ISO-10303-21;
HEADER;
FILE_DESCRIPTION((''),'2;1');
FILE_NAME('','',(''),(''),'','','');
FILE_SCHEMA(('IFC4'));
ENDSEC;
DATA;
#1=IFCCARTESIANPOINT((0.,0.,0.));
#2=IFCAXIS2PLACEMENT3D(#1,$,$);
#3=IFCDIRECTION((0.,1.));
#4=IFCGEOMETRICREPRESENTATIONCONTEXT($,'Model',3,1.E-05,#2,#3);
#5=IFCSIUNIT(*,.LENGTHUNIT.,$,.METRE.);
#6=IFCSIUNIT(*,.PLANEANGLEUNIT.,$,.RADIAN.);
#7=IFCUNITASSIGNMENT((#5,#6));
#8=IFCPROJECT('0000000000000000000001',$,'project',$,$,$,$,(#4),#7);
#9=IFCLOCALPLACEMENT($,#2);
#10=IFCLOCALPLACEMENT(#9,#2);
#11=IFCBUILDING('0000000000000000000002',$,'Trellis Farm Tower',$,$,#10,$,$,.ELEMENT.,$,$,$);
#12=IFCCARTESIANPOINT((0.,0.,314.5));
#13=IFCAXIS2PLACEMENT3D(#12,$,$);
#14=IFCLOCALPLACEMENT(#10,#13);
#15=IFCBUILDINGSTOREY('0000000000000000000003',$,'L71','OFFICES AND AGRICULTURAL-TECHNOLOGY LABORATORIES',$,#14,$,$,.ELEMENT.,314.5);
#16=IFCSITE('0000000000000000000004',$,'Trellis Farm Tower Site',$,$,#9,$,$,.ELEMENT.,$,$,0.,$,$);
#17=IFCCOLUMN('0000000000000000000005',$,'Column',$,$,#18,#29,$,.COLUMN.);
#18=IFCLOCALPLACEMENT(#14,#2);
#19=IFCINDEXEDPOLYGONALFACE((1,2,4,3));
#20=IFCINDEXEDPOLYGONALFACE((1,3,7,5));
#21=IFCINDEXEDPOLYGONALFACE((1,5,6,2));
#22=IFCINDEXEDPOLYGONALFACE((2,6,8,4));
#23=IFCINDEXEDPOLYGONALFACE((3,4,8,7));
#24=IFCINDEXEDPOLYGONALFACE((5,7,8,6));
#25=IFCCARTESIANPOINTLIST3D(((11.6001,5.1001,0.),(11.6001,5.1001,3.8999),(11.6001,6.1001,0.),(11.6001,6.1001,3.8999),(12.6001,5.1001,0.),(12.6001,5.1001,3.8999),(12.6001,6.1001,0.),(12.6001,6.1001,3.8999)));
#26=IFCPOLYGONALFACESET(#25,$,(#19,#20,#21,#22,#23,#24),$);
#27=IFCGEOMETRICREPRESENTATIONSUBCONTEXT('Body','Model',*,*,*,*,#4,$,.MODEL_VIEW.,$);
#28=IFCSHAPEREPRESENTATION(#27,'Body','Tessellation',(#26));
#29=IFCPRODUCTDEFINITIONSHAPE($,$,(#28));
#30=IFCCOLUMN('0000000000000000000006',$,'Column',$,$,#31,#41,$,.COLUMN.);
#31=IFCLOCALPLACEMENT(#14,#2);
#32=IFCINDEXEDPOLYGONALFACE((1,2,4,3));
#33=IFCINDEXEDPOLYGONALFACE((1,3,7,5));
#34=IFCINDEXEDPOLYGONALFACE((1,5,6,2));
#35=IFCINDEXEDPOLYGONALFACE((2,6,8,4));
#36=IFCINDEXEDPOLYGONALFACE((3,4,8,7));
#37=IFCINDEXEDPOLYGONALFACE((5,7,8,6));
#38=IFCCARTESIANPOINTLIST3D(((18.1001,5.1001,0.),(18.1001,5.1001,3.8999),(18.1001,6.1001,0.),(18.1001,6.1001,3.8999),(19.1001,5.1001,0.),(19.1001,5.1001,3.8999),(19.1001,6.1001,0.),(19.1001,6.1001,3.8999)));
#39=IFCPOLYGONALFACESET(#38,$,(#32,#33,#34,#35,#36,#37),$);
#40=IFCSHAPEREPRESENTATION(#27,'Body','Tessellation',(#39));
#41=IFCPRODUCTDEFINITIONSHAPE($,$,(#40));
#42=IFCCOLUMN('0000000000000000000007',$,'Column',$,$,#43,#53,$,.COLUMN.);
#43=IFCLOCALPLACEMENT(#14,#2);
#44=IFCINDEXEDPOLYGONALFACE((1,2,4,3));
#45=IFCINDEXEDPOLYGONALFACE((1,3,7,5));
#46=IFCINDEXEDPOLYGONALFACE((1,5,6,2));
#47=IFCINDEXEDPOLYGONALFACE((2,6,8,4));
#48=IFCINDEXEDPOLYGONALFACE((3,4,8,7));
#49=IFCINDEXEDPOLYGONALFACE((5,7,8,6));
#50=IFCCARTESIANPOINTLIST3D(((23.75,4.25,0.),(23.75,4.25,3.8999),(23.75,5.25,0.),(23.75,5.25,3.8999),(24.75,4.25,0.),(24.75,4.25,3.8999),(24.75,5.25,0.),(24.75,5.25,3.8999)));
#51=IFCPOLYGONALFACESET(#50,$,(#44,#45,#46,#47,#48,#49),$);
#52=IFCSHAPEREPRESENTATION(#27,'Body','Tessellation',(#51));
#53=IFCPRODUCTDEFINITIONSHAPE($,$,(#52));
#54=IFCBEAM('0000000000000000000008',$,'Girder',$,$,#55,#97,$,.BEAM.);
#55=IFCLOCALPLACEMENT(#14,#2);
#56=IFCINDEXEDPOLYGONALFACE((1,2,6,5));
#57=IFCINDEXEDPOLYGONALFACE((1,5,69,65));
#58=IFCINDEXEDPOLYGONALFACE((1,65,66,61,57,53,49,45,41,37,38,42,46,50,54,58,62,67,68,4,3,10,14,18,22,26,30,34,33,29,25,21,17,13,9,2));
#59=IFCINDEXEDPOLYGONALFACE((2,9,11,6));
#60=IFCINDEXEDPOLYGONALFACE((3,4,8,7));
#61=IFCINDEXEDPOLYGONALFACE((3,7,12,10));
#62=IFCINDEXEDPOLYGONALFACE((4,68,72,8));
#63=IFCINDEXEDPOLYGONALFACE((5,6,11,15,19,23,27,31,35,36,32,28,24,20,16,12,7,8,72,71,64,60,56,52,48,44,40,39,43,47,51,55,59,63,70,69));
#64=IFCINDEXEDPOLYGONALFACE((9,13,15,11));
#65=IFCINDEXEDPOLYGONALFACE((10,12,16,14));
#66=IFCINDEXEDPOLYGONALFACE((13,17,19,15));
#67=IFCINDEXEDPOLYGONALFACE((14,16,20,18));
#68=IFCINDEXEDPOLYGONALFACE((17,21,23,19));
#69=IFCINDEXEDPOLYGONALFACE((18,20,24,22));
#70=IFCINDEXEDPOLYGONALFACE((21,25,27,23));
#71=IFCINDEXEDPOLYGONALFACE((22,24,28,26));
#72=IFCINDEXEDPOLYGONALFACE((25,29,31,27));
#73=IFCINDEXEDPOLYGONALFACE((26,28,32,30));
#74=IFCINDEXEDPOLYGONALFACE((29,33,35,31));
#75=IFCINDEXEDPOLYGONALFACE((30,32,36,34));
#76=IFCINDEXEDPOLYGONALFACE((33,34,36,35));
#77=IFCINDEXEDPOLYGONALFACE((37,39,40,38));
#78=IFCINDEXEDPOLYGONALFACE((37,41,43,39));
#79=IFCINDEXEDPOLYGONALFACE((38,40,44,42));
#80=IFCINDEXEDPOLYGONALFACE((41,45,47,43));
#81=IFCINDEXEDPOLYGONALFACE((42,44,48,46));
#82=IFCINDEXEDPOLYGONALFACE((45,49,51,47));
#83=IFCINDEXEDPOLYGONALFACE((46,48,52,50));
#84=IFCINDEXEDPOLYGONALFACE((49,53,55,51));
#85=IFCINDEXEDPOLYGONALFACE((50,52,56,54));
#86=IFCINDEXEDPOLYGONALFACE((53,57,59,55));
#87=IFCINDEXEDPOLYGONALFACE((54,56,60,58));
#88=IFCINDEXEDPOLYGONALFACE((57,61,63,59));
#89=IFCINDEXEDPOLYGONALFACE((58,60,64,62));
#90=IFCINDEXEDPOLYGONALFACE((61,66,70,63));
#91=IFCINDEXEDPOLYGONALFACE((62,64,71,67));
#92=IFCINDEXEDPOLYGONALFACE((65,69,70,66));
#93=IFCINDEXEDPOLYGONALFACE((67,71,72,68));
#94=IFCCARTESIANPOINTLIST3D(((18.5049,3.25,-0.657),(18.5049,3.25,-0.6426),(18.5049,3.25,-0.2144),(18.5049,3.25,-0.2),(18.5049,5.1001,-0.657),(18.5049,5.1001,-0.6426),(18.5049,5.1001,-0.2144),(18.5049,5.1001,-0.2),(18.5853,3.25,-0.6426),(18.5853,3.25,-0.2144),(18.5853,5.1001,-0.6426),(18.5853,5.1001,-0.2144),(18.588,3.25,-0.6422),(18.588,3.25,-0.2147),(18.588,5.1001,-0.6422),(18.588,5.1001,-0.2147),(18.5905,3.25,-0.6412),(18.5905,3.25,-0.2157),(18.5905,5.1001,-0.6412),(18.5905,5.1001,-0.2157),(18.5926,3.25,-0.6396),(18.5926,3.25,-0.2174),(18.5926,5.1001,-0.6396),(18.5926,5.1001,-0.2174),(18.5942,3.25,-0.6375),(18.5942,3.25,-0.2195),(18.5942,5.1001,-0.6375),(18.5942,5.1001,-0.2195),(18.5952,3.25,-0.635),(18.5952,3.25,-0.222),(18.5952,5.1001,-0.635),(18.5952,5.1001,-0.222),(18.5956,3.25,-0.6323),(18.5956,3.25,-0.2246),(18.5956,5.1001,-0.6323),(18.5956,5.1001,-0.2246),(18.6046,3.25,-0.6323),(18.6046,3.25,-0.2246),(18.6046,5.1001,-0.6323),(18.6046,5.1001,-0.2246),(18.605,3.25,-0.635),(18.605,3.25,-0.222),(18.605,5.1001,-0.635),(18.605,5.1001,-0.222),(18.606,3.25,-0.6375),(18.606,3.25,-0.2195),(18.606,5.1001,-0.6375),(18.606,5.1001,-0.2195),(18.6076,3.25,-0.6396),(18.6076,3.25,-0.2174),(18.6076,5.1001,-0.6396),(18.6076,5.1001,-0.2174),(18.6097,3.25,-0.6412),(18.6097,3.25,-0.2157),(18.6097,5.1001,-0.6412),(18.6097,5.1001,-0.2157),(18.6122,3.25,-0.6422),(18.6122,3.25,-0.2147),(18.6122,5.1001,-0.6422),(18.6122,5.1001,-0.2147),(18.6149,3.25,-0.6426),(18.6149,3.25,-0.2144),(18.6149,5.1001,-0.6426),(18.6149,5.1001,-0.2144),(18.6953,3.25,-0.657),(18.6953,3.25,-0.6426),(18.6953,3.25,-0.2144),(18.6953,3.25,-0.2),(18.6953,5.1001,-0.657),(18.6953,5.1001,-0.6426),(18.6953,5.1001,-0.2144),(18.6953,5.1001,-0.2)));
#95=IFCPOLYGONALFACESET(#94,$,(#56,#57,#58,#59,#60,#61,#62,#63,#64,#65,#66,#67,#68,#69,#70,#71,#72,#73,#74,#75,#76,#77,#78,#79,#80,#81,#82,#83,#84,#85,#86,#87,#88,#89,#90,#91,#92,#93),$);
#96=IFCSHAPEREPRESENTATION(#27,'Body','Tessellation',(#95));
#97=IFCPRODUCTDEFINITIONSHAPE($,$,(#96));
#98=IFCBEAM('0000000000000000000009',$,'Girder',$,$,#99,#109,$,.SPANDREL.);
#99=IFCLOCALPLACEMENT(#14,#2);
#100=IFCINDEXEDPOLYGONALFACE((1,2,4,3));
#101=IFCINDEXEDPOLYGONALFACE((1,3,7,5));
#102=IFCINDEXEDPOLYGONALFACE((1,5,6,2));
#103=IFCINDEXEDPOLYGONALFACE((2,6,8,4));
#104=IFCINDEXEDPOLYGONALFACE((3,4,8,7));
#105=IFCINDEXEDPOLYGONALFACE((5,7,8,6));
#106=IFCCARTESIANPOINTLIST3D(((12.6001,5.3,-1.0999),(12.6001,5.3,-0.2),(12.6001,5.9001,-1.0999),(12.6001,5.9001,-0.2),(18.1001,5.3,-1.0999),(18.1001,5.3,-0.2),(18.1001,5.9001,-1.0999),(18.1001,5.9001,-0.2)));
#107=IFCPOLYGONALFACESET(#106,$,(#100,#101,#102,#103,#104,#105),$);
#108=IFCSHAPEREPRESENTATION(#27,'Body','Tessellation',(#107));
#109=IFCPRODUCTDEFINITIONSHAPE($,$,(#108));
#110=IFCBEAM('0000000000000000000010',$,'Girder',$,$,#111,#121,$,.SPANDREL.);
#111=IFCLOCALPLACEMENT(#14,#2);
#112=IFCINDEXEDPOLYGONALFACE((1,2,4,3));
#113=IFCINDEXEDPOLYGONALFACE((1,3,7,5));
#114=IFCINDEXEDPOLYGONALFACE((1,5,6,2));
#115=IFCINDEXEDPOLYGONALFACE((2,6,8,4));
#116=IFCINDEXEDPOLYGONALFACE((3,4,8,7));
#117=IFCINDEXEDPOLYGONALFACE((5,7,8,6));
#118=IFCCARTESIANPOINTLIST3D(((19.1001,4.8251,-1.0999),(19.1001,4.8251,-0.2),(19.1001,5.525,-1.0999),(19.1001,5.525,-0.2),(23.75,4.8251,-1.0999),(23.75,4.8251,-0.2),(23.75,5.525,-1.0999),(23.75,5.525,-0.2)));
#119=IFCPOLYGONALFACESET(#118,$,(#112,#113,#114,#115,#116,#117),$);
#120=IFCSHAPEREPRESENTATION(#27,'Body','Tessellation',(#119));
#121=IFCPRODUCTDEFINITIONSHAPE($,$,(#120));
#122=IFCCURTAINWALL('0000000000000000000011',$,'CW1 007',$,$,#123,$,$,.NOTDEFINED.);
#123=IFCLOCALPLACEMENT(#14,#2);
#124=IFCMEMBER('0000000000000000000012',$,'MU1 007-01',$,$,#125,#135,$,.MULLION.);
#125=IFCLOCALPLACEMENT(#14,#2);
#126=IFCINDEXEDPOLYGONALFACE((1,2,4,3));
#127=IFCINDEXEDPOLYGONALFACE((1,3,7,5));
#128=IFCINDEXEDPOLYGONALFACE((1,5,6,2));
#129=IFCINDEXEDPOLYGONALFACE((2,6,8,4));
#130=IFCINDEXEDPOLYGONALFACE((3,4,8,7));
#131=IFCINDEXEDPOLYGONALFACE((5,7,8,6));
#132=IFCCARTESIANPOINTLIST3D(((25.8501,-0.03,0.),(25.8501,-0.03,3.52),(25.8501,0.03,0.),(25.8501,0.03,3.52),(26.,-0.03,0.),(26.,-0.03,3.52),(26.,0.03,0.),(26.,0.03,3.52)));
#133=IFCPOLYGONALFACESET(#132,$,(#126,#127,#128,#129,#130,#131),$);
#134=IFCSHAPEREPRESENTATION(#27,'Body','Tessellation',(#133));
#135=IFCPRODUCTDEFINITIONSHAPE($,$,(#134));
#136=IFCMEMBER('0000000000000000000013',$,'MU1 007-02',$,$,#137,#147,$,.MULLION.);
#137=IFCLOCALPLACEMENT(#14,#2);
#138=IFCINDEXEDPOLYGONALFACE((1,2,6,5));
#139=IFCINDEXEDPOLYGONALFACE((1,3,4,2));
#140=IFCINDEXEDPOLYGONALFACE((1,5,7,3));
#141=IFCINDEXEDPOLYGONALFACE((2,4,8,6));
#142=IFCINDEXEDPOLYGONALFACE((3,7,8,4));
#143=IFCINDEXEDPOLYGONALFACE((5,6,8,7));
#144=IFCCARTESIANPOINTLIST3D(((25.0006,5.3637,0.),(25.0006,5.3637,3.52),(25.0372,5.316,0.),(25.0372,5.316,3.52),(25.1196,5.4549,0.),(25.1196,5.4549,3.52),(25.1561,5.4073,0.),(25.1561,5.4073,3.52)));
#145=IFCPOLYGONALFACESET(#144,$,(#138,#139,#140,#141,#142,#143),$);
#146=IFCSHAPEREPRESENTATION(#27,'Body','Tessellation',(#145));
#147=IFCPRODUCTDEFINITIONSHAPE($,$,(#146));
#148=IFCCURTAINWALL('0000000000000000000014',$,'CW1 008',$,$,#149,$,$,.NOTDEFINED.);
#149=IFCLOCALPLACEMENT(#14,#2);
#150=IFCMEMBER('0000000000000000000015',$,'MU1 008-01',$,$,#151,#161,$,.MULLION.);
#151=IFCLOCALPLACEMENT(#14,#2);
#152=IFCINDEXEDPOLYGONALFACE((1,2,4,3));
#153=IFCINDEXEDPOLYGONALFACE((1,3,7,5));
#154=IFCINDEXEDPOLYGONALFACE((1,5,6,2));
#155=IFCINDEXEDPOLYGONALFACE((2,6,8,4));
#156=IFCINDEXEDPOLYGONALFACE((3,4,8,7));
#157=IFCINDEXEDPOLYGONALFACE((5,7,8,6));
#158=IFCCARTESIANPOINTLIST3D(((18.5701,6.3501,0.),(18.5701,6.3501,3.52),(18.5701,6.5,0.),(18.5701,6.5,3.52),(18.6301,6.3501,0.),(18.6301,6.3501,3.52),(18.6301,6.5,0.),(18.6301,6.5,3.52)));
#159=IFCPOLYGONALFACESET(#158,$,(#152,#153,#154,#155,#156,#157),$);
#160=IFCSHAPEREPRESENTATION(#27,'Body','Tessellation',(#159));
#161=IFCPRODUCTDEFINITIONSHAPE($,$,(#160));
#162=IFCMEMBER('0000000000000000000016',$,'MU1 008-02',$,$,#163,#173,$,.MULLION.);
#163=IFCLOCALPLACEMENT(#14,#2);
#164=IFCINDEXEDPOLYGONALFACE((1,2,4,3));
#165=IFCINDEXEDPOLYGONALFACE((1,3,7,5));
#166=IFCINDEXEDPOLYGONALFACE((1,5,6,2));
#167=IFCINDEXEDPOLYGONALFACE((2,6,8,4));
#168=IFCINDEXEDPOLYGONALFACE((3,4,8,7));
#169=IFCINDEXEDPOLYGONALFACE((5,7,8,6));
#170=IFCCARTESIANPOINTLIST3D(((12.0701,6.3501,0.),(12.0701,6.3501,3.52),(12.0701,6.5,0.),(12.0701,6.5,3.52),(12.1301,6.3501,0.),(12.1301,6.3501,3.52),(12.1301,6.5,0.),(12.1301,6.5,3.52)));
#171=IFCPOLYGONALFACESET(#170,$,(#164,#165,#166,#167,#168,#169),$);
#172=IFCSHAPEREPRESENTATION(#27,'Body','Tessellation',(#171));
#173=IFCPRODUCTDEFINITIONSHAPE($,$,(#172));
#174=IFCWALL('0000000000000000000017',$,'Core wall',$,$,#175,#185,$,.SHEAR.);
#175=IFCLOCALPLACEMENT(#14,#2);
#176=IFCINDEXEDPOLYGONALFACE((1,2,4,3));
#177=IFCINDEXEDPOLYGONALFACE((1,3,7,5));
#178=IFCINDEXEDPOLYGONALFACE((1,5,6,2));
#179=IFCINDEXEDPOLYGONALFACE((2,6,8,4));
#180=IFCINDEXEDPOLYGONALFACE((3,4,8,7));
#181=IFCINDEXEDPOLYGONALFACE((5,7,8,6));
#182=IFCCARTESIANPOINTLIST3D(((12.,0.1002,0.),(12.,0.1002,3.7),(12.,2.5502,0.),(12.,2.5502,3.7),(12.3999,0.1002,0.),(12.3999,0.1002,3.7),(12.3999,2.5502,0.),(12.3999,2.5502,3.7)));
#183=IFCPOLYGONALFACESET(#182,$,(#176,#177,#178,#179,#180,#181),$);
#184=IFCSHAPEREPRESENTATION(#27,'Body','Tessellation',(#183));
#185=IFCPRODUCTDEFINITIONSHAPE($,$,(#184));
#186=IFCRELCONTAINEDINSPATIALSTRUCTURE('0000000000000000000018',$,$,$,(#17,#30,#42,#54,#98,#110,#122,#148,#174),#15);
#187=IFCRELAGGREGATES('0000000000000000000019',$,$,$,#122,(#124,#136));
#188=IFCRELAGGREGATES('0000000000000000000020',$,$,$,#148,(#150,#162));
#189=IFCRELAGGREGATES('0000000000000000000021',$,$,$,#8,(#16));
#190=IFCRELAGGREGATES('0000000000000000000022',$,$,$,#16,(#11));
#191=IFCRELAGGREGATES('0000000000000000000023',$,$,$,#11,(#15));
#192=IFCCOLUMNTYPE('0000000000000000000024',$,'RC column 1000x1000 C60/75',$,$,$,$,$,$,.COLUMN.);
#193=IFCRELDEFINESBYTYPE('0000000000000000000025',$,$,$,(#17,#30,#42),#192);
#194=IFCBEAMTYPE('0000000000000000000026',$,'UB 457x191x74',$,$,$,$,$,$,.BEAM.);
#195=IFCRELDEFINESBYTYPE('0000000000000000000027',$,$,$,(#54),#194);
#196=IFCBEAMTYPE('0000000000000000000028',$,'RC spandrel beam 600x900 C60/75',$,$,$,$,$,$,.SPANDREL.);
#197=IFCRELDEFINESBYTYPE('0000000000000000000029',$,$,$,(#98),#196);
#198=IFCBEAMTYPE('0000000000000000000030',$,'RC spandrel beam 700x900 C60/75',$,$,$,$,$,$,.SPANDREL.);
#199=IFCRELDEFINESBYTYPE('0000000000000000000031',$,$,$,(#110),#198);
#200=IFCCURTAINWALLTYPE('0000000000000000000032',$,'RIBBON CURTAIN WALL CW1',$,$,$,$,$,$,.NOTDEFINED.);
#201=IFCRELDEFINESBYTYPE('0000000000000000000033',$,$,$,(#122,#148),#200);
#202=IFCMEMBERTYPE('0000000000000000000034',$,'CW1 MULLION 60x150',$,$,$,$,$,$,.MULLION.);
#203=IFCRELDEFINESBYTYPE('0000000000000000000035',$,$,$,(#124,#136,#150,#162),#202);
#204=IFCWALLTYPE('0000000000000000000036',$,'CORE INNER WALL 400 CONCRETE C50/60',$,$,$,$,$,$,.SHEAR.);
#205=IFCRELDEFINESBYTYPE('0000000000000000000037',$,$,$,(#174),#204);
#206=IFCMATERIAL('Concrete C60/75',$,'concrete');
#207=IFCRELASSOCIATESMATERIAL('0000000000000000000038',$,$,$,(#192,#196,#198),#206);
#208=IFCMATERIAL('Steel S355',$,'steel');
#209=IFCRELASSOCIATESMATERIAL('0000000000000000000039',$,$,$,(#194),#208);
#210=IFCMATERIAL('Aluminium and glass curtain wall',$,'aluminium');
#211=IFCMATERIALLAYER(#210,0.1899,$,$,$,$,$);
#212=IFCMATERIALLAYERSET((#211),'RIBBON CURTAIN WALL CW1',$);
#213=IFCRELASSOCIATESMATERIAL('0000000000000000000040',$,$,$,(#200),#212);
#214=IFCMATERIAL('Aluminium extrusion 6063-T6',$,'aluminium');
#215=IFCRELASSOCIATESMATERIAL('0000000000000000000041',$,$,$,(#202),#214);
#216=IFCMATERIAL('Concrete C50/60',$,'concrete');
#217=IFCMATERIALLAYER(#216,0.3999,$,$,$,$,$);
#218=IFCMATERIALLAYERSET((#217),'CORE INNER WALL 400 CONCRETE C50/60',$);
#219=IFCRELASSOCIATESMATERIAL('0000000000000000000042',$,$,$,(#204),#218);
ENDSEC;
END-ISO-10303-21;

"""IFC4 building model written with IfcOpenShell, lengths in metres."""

from ifc_helpers import new_model, si_unit, direction, frame, frame_2d, origin, origin_2d, place, context, subcontext, project, spatial, rectangle, i_section, extrude, source, transform, mapped, material, layer, layer_set, material_profile, profile_set, type_object, element, aggregate, save


model = new_model("IFC4")

# Units and contexts
model_context = context("Model", 3, precision=1e-05, world=origin(), true_north=direction((0.0, 1.0)))
body_context = subcontext(model_context, "Body", "Model", "MODEL_VIEW")
ifc_project = project(units=[si_unit("LENGTHUNIT", "METRE"), si_unit("PLANEANGLEUNIT", "RADIAN")], contexts=[model_context])

# Site, building, storey
site_placement = place(None, origin())
site = spatial("IfcSite", under=ifc_project, at=site_placement, Name="Trellis Farm Tower Site", CompositionType="ELEMENT", RefElevation=0.0)
building_placement = place(site_placement, origin())
building = spatial("IfcBuilding", under=site, at=building_placement, Name="Trellis Farm Tower", CompositionType="ELEMENT")
storey_placement = place(building_placement, frame((0.0, 0.0, 314.5)))
storey = spatial("IfcBuildingStorey", under=building, at=storey_placement, Name="L71", Description="OFFICES AND AGRICULTURAL-TECHNOLOGY LABORATORIES", CompositionType="ELEMENT", Elevation=314.5)

# Columns
ifc_material_1 = material(Name="Concrete C60/75", Category="concrete")
ifc_material_profile_1 = material_profile(ifc_material_1, rectangle(XDim=1.0, YDim=1.0, at=origin_2d()), Name="RC column 1000x1000 C60/75")
ifc_profile_set_1 = profile_set([ifc_material_profile_1], Name="Concrete C60/75")
column_type = type_object("IfcColumnType", Name="RC column 1000x1000 C60/75", PredefinedType="COLUMN", material=ifc_profile_set_1)
shared_shape_1 = source(origin(), body_context, "Body", "SweptSolid", [
    extrude(rectangle(XDim=1.0, YDim=1.0, at=origin_2d()), origin(), (0.0, 0.0, 1.0), 3.8999),
])
for number, where, z_axis, x_axis, name in (
    (1, (12.1001, 5.6001, 0.0), (0.0, 0.0, 1.0), (1.0, 0.0, 0.0), "Column"),
    (2, (18.6001, 5.6001, 0.0), (0.0, 0.0, 1.0), (1.0, 0.0, 0.0), "Column"),
    (3, (24.25, 4.75, 0.0), (0.0, 0.0, 1.0), (1.0, 0.0, 0.0), "Column"),
):
    element("IfcColumn", number, at=place(storey_placement, frame(where, z_axis=z_axis, x_axis=x_axis)), inside=storey, type_object=column_type, Name=name, PredefinedType="COLUMN", context=body_context, shape_type="MappedRepresentation", body=[
        mapped(shared_shape_1, transform((0.0, 0.0, 0.0))),
    ])

# Beams
ifc_material_2 = material(Name="Steel S355", Category="steel")
ifc_material_profile_2 = material_profile(ifc_material_2, i_section(OverallWidth=0.1904, OverallDepth=0.457, WebThickness=0.009, FlangeThickness=0.0144, FilletRadius=0.0103, at=origin_2d()), Name="UB 457x191x74")
ifc_profile_set_2 = profile_set([ifc_material_profile_2], Name="Steel S355")
beam_type_1 = type_object("IfcBeamType", Name="UB 457x191x74", PredefinedType="BEAM", material=ifc_profile_set_2)
shared_shape_2 = source(origin(), body_context, "Body", "SweptSolid", [
    extrude(i_section(OverallWidth=0.1904, OverallDepth=0.457, WebThickness=0.009, FlangeThickness=0.0144, FilletRadius=0.0103, at=origin_2d()), origin(), (0.0, 0.0, 1.0), 1.8501),
])
beam_1_placement = place(storey_placement, frame((18.6001, 3.25, -0.4285), z_axis=(0.0, 1.0, 0.0), x_axis=(-1.0, 0.0, 0.0)))
element("IfcBeam", 4, at=beam_1_placement, inside=storey, type_object=beam_type_1, Name="Girder", PredefinedType="BEAM", context=body_context, shape_type="MappedRepresentation", body=[
    mapped(shared_shape_2, transform((0.0, 0.0, 0.0))),
])
ifc_material_profile_3 = material_profile(ifc_material_1, rectangle(XDim=0.6001, YDim=0.8999, at=origin_2d()), Name="RC spandrel beam 600x900 C60/75")
ifc_profile_set_3 = profile_set([ifc_material_profile_3], Name="Concrete C60/75")
beam_type_2 = type_object("IfcBeamType", Name="RC spandrel beam 600x900 C60/75", PredefinedType="SPANDREL", material=ifc_profile_set_3)
shared_shape_3 = source(origin(), body_context, "Body", "SweptSolid", [
    extrude(rectangle(XDim=0.6001, YDim=0.8999, at=origin_2d()), origin(), (0.0, 0.0, 1.0), 5.5),
])
beam_2_placement = place(storey_placement, frame((12.6001, 5.6001, -0.6499), z_axis=(1.0, 0.0, 0.0), x_axis=(0.0, 1.0, 0.0)))
element("IfcBeam", 5, at=beam_2_placement, inside=storey, type_object=beam_type_2, Name="Girder", PredefinedType="SPANDREL", context=body_context, shape_type="MappedRepresentation", body=[
    mapped(shared_shape_3, transform((0.0, 0.0, 0.0))),
])
ifc_material_profile_4 = material_profile(ifc_material_1, rectangle(XDim=0.7, YDim=0.8999, at=origin_2d()), Name="RC spandrel beam 700x900 C60/75")
ifc_profile_set_4 = profile_set([ifc_material_profile_4], Name="Concrete C60/75")
beam_type_3 = type_object("IfcBeamType", Name="RC spandrel beam 700x900 C60/75", PredefinedType="SPANDREL", material=ifc_profile_set_4)
shared_shape_4 = source(origin(), body_context, "Body", "SweptSolid", [
    extrude(rectangle(XDim=0.7, YDim=0.8999, at=origin_2d()), origin(), (0.0, 0.0, 1.0), 4.6499),
])
beam_3_placement = place(storey_placement, frame((19.1001, 5.175, -0.6499), z_axis=(1.0, 0.0, 0.0), x_axis=(0.0, 1.0, 0.0)))
element("IfcBeam", 6, at=beam_3_placement, inside=storey, type_object=beam_type_3, Name="Girder", PredefinedType="SPANDREL", context=body_context, shape_type="MappedRepresentation", body=[
    mapped(shared_shape_4, transform((0.0, 0.0, 0.0))),
])

# Curtain walls, members
ifc_material_3 = material(Name="Aluminium and glass curtain wall", Category="aluminium")
ifc_layer_1 = layer(ifc_material_3, 0.1899)
ifc_layer_set_1 = layer_set([ifc_layer_1], Name="RIBBON CURTAIN WALL CW1")
curtain_wall_type = type_object("IfcCurtainWallType", Name="RIBBON CURTAIN WALL CW1", PredefinedType="NOTDEFINED", material=ifc_layer_set_1)
placement = place(storey_placement, origin())
curtain_wall_1 = element("IfcCurtainWall", 7, at=placement, inside=storey, type_object=curtain_wall_type, Name="CW1 007", PredefinedType="NOTDEFINED")
ifc_material_4 = material(Name="Aluminium extrusion 6063-T6", Category="aluminium")
ifc_material_profile_5 = material_profile(ifc_material_4, rectangle(XDim=0.0601, YDim=0.1499, at=origin_2d()), Name="MULLION 60x150")
ifc_profile_set_5 = profile_set([ifc_material_profile_5], Name="Aluminium extrusion 6063-T6")
member_type = type_object("IfcMemberType", Name="CW1 MULLION 60x150", PredefinedType="MULLION", material=ifc_profile_set_5)
shared_shape_5 = source(origin(), body_context, "Body", "SweptSolid", [
    extrude(rectangle(XDim=0.0601, YDim=0.1499, at=origin_2d()), origin(), (0.0, 0.0, 1.0), 3.52),
])
member_1_placement = place(storey_placement, frame((25.925, 0.0, 0.0), z_axis=(0.0, 0.0, 1.0), x_axis=(0.0, 1.0, 0.0)))
member_1 = element("IfcMember", 8, at=member_1_placement, type_object=member_type, Name="MU1 007-01", PredefinedType="MULLION", context=body_context, shape_type="MappedRepresentation", body=[
    mapped(shared_shape_5, transform((0.0, 0.0, 0.0))),
])
member_2_placement = place(storey_placement, frame((25.0784, 5.3855, 0.0), z_axis=(0.0, 0.0, 1.0), x_axis=(-0.608761, 0.793353, 0.0)))
member_2 = element("IfcMember", 9, at=member_2_placement, type_object=member_type, Name="MU1 007-02", PredefinedType="MULLION", context=body_context, shape_type="MappedRepresentation", body=[
    mapped(shared_shape_5, transform((0.0, 0.0, 0.0))),
])
aggregate(curtain_wall_1, [member_1, member_2])
curtain_wall_2 = element("IfcCurtainWall", 10, at=placement, inside=storey, type_object=curtain_wall_type, Name="CW1 008", PredefinedType="NOTDEFINED")
member_3_placement = place(storey_placement, frame((18.6001, 6.425, 0.0), z_axis=(0.0, 0.0, 1.0), x_axis=(-1.0, 0.0, 0.0)))
member_3 = element("IfcMember", 11, at=member_3_placement, type_object=member_type, Name="MU1 008-01", PredefinedType="MULLION", context=body_context, shape_type="MappedRepresentation", body=[
    mapped(shared_shape_5, transform((0.0, 0.0, 0.0))),
])
member_4_placement = place(storey_placement, frame((12.1001, 6.425, 0.0), z_axis=(0.0, 0.0, 1.0), x_axis=(-1.0, 0.0, 0.0)))
member_4 = element("IfcMember", 12, at=member_4_placement, type_object=member_type, Name="MU1 008-02", PredefinedType="MULLION", context=body_context, shape_type="MappedRepresentation", body=[
    mapped(shared_shape_5, transform((0.0, 0.0, 0.0))),
])
aggregate(curtain_wall_2, [member_3, member_4])

# Wall
ifc_material_5 = material(Name="Concrete C50/60", Category="concrete")
ifc_layer_2 = layer(ifc_material_5, 0.3999)
ifc_layer_set_2 = layer_set([ifc_layer_2], Name="CORE INNER WALL 400 CONCRETE C50/60")
wall_type_1 = type_object("IfcWallType", Name="CORE INNER WALL 400 CONCRETE C50/60", PredefinedType="SHEAR", material=ifc_layer_set_2)
shared_shape_6 = source(origin(), body_context, "Body", "SweptSolid", [
    extrude(rectangle(XDim=2.45, YDim=0.3999, at=frame_2d((1.2251, 0.0))), origin(), (0.0, 0.0, 1.0), 3.7),
])
for number, where, z_axis, x_axis, name in (
    (13, (12.2, 0.1001, 0.0), (0.0, 0.0, 1.0), (0.0, 1.0, 0.0), "Core wall"),
):
    element("IfcWall", number, at=place(storey_placement, frame(where, z_axis=z_axis, x_axis=x_axis)), inside=storey, type_object=wall_type_1, Name=name, PredefinedType="SHEAR", context=body_context, shape_type="MappedRepresentation", body=[
        mapped(shared_shape_6, transform((0.0, 0.0, 0.0))),
    ])

save(model, "model.ifc")
